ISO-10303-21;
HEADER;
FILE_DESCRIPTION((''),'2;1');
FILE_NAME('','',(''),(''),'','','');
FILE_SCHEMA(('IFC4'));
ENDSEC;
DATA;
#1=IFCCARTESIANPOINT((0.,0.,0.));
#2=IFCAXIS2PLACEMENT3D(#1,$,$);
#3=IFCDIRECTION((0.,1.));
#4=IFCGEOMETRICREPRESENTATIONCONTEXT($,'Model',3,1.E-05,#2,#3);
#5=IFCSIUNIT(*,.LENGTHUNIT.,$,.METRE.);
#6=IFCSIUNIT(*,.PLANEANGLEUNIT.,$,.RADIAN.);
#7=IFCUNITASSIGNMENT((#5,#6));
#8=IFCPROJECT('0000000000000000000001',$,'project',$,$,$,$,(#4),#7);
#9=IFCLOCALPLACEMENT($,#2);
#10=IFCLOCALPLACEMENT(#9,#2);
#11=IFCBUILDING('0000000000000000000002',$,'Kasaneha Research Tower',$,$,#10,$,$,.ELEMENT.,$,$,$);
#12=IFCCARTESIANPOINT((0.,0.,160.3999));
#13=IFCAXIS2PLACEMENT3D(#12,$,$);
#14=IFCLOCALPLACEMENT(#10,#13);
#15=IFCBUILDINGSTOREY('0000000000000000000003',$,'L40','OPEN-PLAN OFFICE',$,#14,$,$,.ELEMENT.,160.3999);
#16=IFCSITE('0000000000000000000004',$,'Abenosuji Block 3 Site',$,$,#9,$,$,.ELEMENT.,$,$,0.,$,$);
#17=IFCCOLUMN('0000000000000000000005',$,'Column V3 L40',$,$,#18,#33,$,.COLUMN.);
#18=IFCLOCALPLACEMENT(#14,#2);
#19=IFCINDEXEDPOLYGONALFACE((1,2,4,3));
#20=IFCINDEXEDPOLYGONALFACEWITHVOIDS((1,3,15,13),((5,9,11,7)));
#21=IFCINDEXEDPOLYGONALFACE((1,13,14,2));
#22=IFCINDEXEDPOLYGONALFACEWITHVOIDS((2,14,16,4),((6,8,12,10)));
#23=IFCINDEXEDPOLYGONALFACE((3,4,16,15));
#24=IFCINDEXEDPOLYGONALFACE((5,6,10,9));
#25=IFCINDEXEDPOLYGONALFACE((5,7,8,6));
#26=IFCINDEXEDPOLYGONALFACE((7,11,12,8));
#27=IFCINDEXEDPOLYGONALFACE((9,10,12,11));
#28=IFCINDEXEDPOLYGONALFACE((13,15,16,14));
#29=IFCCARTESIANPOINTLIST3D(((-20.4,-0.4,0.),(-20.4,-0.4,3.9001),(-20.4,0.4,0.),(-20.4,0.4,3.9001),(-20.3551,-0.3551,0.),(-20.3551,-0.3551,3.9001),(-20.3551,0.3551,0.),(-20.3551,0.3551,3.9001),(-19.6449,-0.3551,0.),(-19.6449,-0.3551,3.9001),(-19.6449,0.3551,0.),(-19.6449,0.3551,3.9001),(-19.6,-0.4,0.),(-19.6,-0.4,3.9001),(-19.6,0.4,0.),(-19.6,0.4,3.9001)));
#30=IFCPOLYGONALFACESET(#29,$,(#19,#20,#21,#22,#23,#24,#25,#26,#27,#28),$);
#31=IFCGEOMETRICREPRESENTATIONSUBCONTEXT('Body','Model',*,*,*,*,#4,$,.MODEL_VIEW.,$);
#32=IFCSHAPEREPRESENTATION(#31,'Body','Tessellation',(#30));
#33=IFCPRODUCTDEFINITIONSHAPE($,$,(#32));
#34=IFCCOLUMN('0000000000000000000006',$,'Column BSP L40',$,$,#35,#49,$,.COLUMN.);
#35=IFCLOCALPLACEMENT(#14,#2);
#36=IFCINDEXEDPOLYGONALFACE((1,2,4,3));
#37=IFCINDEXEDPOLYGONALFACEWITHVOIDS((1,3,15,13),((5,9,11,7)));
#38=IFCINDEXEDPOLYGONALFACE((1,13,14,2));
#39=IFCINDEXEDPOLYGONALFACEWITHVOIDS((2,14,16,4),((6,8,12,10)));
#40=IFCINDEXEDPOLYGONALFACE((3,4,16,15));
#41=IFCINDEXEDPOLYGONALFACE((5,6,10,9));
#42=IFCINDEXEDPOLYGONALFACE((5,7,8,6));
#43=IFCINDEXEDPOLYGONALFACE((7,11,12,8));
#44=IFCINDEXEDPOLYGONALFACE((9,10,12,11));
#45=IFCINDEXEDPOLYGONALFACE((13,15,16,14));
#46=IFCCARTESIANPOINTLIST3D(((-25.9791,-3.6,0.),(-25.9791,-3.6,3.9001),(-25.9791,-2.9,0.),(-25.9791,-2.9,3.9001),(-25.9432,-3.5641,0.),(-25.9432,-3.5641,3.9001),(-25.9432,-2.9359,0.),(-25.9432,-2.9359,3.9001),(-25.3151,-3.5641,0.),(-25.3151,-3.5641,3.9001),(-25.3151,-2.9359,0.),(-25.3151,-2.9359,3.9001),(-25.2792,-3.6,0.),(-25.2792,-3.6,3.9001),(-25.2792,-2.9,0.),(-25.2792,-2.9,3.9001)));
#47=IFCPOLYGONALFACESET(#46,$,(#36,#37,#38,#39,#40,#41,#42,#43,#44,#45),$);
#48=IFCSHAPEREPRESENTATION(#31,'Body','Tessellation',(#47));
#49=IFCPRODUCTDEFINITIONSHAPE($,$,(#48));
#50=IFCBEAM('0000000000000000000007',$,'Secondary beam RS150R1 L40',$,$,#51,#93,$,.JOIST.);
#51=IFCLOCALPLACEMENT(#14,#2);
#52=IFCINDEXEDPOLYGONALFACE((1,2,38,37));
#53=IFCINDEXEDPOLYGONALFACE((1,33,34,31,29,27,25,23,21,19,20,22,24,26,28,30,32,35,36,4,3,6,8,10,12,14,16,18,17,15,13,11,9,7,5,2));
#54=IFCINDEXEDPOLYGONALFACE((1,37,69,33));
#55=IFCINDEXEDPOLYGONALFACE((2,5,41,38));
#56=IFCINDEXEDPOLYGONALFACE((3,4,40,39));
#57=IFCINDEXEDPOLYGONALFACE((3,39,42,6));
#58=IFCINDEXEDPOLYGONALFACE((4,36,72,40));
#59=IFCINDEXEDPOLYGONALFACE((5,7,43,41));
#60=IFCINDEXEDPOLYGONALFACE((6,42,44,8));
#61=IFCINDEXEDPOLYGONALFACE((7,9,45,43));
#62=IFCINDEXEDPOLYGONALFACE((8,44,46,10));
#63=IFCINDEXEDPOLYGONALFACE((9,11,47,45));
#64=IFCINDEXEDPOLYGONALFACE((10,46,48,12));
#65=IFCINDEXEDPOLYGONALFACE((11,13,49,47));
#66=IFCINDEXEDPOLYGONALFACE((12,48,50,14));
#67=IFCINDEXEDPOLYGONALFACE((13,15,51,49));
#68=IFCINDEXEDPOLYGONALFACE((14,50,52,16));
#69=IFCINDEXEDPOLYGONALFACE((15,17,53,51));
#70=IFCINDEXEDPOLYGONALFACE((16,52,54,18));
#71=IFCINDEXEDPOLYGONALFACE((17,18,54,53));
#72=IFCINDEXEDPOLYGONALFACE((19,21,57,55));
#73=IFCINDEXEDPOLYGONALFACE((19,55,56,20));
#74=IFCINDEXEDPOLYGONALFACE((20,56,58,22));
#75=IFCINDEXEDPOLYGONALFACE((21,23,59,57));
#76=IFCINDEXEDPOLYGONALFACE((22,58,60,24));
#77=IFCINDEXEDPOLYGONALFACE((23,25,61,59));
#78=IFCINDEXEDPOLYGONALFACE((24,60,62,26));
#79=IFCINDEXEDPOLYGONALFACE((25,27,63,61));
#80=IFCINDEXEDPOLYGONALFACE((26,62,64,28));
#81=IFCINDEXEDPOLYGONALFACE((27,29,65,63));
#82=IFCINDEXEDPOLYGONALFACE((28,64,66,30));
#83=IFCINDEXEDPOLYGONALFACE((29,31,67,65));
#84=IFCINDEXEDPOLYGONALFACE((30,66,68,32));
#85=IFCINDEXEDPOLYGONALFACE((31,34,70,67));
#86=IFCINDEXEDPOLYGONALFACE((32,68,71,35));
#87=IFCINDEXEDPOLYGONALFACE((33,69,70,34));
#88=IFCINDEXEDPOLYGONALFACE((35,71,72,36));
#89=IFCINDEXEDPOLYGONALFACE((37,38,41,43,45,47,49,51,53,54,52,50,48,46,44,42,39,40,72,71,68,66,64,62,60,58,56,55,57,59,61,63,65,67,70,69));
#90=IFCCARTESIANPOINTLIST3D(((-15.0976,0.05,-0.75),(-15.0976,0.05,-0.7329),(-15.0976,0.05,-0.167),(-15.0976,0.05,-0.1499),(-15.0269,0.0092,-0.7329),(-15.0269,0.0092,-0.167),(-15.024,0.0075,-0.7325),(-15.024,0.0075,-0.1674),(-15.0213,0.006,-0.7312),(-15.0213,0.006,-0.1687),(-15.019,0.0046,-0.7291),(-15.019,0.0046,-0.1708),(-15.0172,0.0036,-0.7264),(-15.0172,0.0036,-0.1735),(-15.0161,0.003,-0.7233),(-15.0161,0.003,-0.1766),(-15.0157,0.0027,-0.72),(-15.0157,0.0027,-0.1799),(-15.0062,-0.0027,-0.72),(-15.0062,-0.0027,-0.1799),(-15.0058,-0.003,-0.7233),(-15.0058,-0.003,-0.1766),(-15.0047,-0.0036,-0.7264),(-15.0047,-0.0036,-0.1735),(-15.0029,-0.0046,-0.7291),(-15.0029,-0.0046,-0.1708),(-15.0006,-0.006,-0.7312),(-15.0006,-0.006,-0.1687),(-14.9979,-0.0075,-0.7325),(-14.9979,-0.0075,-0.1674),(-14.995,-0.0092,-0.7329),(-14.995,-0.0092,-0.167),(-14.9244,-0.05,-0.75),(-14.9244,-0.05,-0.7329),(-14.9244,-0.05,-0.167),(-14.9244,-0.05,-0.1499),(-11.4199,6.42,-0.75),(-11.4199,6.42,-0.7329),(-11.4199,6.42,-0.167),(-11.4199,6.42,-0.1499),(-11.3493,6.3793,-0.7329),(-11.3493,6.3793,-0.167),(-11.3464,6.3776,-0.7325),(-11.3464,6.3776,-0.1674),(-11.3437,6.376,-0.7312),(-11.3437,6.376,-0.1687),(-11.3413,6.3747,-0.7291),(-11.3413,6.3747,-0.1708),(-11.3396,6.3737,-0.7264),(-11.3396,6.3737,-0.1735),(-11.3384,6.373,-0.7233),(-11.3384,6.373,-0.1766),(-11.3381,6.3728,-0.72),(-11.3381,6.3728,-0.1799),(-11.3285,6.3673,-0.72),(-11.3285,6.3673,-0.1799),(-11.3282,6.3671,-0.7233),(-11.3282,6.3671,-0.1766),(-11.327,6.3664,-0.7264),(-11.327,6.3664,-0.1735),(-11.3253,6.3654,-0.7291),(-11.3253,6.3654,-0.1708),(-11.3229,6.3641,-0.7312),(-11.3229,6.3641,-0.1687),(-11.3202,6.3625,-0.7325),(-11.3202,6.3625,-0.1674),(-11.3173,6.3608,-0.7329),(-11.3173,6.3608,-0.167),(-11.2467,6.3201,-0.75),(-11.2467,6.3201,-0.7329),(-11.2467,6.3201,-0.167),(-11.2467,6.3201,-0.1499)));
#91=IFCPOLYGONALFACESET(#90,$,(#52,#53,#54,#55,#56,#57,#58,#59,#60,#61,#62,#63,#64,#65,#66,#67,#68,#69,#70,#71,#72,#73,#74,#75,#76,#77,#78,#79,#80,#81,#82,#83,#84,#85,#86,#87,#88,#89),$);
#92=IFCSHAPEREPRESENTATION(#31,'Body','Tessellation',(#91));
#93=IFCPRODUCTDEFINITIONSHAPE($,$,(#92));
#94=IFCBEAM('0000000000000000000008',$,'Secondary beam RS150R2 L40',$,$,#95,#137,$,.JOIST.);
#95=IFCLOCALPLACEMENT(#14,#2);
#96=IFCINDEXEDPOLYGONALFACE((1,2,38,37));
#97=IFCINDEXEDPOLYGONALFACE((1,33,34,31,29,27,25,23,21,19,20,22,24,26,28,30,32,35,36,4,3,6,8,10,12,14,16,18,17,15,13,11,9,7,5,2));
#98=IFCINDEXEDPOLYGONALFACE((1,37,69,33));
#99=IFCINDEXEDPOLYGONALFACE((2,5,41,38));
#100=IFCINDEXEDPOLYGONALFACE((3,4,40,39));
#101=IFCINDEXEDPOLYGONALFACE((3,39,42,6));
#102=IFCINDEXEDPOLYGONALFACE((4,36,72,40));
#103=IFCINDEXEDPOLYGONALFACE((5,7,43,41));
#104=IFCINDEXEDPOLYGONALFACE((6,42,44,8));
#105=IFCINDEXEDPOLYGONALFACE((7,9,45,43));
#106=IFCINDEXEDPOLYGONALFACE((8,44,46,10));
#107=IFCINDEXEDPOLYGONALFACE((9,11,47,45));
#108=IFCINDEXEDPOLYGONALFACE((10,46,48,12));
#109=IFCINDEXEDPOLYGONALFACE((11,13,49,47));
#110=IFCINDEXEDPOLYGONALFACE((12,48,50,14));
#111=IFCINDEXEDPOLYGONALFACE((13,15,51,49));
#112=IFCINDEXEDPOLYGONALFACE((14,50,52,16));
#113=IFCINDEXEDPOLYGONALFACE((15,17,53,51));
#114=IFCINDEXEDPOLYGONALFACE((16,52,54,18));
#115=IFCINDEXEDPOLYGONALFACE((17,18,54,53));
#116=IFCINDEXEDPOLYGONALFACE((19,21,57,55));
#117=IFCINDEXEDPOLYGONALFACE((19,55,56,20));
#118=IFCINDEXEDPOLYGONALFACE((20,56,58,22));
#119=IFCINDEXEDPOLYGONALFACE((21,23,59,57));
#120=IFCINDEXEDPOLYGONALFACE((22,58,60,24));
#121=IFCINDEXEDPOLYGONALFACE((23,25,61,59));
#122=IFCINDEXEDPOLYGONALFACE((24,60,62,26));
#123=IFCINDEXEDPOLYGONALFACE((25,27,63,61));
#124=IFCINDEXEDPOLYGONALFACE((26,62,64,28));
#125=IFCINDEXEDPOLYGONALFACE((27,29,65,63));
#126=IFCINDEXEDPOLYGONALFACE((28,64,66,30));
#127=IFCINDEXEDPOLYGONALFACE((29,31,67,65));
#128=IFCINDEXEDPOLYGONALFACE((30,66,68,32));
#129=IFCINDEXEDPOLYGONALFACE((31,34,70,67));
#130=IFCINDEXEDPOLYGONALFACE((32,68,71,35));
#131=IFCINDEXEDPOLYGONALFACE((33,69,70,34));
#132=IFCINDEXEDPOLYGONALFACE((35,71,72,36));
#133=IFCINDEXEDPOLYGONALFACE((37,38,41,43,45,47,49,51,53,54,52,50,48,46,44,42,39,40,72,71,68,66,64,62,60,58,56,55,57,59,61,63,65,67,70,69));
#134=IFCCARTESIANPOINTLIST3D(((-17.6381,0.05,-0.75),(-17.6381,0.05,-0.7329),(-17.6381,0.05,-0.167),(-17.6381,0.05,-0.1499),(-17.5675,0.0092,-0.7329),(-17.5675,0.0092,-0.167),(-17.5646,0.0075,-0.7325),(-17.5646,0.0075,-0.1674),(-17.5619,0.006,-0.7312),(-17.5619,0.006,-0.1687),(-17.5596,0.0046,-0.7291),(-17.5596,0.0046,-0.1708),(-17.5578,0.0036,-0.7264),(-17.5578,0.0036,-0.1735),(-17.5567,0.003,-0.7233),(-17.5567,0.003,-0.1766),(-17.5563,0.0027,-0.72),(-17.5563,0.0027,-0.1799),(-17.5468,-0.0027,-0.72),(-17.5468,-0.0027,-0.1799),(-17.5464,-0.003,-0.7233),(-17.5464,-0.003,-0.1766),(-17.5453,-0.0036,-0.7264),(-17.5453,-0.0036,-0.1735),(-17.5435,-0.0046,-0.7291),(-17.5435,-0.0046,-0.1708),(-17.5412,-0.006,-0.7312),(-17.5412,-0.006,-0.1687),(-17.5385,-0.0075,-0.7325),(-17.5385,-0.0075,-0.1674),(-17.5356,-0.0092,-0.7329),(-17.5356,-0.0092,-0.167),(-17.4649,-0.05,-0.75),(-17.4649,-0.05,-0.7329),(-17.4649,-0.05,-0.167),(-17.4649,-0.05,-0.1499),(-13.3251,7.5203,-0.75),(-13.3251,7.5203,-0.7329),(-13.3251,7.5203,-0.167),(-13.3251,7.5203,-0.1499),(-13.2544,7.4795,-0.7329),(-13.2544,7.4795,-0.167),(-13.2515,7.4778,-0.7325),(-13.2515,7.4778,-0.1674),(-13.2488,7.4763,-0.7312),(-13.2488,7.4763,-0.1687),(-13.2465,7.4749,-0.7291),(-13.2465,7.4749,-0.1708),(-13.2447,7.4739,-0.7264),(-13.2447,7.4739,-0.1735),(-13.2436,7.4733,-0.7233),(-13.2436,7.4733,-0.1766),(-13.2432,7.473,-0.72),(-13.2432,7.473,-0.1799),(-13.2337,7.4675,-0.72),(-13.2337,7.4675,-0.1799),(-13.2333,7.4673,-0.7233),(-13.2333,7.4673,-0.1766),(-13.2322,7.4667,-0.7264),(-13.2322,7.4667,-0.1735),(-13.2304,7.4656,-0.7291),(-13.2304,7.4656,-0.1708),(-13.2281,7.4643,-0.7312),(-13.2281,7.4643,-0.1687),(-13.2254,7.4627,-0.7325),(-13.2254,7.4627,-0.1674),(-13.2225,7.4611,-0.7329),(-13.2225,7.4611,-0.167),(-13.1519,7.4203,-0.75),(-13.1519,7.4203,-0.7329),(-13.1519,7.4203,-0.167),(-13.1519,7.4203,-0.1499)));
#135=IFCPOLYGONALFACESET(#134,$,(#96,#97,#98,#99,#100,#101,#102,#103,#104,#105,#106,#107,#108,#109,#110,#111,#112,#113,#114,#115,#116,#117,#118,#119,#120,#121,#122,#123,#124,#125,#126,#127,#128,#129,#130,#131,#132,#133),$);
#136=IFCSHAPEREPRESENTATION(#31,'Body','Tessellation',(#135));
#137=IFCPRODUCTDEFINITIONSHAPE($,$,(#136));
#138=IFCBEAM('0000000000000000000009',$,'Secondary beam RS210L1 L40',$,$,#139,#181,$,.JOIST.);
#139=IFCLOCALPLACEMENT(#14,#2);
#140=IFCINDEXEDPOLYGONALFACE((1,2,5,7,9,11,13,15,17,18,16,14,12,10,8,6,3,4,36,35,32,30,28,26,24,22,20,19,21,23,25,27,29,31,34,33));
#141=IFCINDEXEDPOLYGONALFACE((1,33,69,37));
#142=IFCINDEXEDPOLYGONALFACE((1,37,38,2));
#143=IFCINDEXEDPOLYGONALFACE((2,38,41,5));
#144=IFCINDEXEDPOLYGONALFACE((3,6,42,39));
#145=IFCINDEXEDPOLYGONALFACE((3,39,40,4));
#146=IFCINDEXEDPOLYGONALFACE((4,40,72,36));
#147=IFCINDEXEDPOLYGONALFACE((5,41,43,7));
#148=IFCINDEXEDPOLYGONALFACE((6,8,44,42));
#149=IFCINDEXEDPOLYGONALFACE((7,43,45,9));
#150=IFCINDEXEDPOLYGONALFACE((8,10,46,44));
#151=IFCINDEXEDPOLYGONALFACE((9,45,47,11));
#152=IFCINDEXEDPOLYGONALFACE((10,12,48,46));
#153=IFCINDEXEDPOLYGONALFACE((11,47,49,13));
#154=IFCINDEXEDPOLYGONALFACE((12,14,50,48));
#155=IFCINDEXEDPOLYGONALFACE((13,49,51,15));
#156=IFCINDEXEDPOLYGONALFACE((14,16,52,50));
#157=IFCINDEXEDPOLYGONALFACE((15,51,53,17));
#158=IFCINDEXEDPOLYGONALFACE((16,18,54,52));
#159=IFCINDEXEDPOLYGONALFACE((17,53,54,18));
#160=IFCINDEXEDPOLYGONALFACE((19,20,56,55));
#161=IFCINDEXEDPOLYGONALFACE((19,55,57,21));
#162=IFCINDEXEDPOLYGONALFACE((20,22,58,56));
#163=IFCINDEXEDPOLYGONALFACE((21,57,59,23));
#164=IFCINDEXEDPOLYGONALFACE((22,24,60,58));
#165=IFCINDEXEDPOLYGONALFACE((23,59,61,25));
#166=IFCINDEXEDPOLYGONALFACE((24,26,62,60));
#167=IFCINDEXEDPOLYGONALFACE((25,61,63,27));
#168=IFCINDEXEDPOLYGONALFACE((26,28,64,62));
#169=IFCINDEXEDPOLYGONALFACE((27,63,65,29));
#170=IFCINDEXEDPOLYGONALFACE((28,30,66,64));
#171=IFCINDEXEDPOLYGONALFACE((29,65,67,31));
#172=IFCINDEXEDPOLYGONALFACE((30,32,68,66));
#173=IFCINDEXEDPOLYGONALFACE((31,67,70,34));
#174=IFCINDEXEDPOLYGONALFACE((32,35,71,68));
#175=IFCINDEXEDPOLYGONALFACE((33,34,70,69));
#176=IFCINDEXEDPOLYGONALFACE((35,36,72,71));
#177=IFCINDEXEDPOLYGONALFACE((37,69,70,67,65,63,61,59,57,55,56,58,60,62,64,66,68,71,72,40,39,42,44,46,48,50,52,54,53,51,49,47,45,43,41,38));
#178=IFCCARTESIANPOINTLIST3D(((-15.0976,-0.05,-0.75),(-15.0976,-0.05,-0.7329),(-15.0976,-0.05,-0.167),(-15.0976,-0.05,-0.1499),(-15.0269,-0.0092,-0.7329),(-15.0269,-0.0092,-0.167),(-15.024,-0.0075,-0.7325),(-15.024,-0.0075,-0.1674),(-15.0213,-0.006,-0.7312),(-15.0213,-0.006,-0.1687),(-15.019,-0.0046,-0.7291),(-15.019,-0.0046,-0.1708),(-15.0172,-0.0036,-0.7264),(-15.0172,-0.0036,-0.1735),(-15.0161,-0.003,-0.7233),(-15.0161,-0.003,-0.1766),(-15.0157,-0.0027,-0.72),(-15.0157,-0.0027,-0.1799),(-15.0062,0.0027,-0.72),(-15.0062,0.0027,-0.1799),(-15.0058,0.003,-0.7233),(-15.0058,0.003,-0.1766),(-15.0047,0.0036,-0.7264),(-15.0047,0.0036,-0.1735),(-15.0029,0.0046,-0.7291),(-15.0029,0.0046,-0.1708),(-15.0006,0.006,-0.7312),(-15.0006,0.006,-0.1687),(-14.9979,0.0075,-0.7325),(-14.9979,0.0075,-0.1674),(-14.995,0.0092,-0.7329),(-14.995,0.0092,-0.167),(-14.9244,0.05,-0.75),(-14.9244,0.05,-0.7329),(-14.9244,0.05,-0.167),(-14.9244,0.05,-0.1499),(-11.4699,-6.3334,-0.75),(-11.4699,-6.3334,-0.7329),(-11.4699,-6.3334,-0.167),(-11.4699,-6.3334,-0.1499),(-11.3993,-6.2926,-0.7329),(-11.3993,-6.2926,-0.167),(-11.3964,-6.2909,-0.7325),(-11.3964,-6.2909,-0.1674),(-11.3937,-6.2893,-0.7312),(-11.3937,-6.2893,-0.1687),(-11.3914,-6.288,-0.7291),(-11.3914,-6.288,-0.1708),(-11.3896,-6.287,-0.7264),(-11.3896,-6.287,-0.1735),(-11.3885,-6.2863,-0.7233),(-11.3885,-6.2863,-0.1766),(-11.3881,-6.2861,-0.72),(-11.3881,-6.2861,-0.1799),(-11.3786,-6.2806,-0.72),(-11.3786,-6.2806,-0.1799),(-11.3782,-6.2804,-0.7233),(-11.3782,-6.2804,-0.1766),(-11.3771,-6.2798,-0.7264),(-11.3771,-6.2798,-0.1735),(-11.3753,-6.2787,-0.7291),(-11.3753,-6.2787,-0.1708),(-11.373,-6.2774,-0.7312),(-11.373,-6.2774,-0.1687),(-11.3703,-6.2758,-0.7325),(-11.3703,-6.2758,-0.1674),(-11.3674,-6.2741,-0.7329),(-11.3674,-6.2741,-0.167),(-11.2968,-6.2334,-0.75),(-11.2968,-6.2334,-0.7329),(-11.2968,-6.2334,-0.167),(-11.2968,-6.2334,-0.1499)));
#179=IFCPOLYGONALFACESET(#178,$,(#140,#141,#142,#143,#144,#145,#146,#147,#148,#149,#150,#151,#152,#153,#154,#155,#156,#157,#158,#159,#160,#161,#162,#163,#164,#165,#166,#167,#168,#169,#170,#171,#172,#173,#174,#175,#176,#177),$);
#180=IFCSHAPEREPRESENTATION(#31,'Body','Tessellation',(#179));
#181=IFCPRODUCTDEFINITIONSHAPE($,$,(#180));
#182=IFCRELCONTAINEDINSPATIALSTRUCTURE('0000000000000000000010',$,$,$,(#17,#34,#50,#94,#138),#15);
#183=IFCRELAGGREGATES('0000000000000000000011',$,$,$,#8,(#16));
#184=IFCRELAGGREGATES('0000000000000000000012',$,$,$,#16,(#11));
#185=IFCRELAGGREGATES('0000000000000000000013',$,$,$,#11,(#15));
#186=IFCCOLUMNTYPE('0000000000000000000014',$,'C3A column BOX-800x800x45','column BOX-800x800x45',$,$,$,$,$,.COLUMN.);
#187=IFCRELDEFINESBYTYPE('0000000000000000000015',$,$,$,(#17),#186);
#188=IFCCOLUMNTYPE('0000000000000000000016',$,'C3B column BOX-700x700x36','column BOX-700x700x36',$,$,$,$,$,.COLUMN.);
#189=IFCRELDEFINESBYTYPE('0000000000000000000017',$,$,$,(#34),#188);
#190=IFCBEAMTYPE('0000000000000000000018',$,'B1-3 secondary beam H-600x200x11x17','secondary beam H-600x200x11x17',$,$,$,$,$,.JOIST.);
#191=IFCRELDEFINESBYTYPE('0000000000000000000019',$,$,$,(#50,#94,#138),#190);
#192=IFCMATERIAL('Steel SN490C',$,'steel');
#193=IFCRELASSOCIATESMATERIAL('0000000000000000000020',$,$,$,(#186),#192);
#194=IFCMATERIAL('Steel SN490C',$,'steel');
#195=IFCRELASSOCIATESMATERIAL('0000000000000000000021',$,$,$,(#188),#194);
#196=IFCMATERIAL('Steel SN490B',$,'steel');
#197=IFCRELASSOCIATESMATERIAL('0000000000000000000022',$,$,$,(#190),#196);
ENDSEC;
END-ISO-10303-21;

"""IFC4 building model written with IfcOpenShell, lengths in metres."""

from ifc_helpers import new_model, si_unit, direction, frame, origin, origin_2d, place, context, subcontext, project, spatial, hollow_rectangle, i_section, extrude, material, material_profile, profile_set, type_object, element, save


model = new_model("IFC4")

# Units and contexts
model_context = context("Model", 3, precision=1e-05, world=origin(), true_north=direction((0.0, 1.0)))
body_context = subcontext(model_context, "Body", "Model", "MODEL_VIEW")
ifc_project = project(units=[si_unit("LENGTHUNIT", "METRE"), si_unit("PLANEANGLEUNIT", "RADIAN")], contexts=[model_context])

# Site, building, storey
site_placement = place(None, origin())
site = spatial("IfcSite", under=ifc_project, at=site_placement, Name="Abenosuji Block 3 Site", CompositionType="ELEMENT", RefElevation=0.0)
building_placement = place(site_placement, origin())
building = spatial("IfcBuilding", under=site, at=building_placement, Name="Kasaneha Research Tower", CompositionType="ELEMENT")
storey_placement = place(building_placement, frame((0.0, 0.0, 160.3999)))
storey = spatial("IfcBuildingStorey", under=building, at=storey_placement, Name="L40", Description="OPEN-PLAN OFFICE", CompositionType="ELEMENT", Elevation=160.3999)

# Columns
ifc_material_1 = material(Name="Steel SN490C", Category="steel")
ifc_material_profile_1 = material_profile(ifc_material_1, hollow_rectangle(XDim=0.8, YDim=0.8, WallThickness=0.0449, at=origin_2d()), Name="BOX-800x800x45")
ifc_profile_set_1 = profile_set([ifc_material_profile_1], Name="Steel SN490C")
column_type_1 = type_object("IfcColumnType", Name="C3A column BOX-800x800x45", Description="column BOX-800x800x45", PredefinedType="COLUMN", material=ifc_profile_set_1)
column_1_placement = place(storey_placement, frame((-20.0, 0.0, 0.0), z_axis=(0.0, 0.0, 1.0), x_axis=(1.0, 0.0, 0.0)))
element("IfcColumn", 1, at=column_1_placement, inside=storey, type_object=column_type_1, Name="Column V3 L40", PredefinedType="COLUMN", context=body_context, shape_type="SweptSolid", body=[
    extrude(hollow_rectangle(XDim=0.8, YDim=0.8, WallThickness=0.0449, at=origin_2d()), origin(), (0.0, 0.0, 1.0), 3.9001),
])
ifc_material_2 = material(Name="Steel SN490C", Category="steel")
ifc_material_profile_2 = material_profile(ifc_material_2, hollow_rectangle(XDim=0.7, YDim=0.7, WallThickness=0.0359, at=origin_2d()), Name="BOX-700x700x36")
ifc_profile_set_2 = profile_set([ifc_material_profile_2], Name="Steel SN490C")
column_type_2 = type_object("IfcColumnType", Name="C3B column BOX-700x700x36", Description="column BOX-700x700x36", PredefinedType="COLUMN", material=ifc_profile_set_2)
column_2_placement = place(storey_placement, frame((-25.6292, -3.25, 0.0), z_axis=(0.0, 0.0, 1.0), x_axis=(1.0, 0.0, 0.0)))
element("IfcColumn", 2, at=column_2_placement, inside=storey, type_object=column_type_2, Name="Column BSP L40", PredefinedType="COLUMN", context=body_context, shape_type="SweptSolid", body=[
    extrude(hollow_rectangle(XDim=0.7, YDim=0.7, WallThickness=0.0359, at=origin_2d()), origin(), (0.0, 0.0, 1.0), 3.9001),
])

# Beams
ifc_material_3 = material(Name="Steel SN490B", Category="steel")
ifc_material_profile_3 = material_profile(ifc_material_3, i_section(OverallWidth=0.2, OverallDepth=0.6001, WebThickness=0.011, FlangeThickness=0.0171, FilletRadius=0.0129, at=origin_2d()), Name="H-600x200x11x17")
ifc_profile_set_3 = profile_set([ifc_material_profile_3], Name="Steel SN490B")
beam_type_1 = type_object("IfcBeamType", Name="B1-3 secondary beam H-600x200x11x17", Description="secondary beam H-600x200x11x17", PredefinedType="JOIST", material=ifc_profile_set_3)
beam_1_placement = place(storey_placement, frame((-15.011, 0.0, -0.45), z_axis=(0.499994, 0.866029, 0.0), x_axis=(-0.866029, 0.499994, 0.0)))
element("IfcBeam", 3, at=beam_1_placement, inside=storey, type_object=beam_type_1, Name="Secondary beam RS150R1 L40", PredefinedType="JOIST", context=body_context, shape_type="SweptSolid", body=[
    extrude(i_section(OverallWidth=0.2, OverallDepth=0.6001, WebThickness=0.011, FlangeThickness=0.0171, FilletRadius=0.0129, at=origin_2d()), origin(), (0.0, 0.0, 1.0), 7.3555),
])
beam_2_placement = place(storey_placement, frame((-17.5515, 0.0, -0.45), z_axis=(0.500005, 0.866023, 0.0), x_axis=(-0.866023, 0.500005, 0.0)))
element("IfcBeam", 4, at=beam_2_placement, inside=storey, type_object=beam_type_1, Name="Secondary beam RS150R2 L40", PredefinedType="JOIST", context=body_context, shape_type="SweptSolid", body=[
    extrude(i_section(OverallWidth=0.2, OverallDepth=0.6001, WebThickness=0.011, FlangeThickness=0.0171, FilletRadius=0.0129, at=origin_2d()), origin(), (0.0, 0.0, 1.0), 8.626),
])
beam_3_placement = place(storey_placement, frame((-15.011, 0.0, -0.45), z_axis=(0.499993, -0.866029, 0.0), x_axis=(0.866029, 0.499993, 0.0)))
element("IfcBeam", 5, at=beam_3_placement, inside=storey, type_object=beam_type_1, Name="Secondary beam RS210L1 L40", PredefinedType="JOIST", context=body_context, shape_type="SweptSolid", body=[
    extrude(i_section(OverallWidth=0.2, OverallDepth=0.6001, WebThickness=0.011, FlangeThickness=0.0171, FilletRadius=0.0129, at=origin_2d()), origin(), (0.0, 0.0, 1.0), 7.2554),
])

save(model, "model.ifc")
